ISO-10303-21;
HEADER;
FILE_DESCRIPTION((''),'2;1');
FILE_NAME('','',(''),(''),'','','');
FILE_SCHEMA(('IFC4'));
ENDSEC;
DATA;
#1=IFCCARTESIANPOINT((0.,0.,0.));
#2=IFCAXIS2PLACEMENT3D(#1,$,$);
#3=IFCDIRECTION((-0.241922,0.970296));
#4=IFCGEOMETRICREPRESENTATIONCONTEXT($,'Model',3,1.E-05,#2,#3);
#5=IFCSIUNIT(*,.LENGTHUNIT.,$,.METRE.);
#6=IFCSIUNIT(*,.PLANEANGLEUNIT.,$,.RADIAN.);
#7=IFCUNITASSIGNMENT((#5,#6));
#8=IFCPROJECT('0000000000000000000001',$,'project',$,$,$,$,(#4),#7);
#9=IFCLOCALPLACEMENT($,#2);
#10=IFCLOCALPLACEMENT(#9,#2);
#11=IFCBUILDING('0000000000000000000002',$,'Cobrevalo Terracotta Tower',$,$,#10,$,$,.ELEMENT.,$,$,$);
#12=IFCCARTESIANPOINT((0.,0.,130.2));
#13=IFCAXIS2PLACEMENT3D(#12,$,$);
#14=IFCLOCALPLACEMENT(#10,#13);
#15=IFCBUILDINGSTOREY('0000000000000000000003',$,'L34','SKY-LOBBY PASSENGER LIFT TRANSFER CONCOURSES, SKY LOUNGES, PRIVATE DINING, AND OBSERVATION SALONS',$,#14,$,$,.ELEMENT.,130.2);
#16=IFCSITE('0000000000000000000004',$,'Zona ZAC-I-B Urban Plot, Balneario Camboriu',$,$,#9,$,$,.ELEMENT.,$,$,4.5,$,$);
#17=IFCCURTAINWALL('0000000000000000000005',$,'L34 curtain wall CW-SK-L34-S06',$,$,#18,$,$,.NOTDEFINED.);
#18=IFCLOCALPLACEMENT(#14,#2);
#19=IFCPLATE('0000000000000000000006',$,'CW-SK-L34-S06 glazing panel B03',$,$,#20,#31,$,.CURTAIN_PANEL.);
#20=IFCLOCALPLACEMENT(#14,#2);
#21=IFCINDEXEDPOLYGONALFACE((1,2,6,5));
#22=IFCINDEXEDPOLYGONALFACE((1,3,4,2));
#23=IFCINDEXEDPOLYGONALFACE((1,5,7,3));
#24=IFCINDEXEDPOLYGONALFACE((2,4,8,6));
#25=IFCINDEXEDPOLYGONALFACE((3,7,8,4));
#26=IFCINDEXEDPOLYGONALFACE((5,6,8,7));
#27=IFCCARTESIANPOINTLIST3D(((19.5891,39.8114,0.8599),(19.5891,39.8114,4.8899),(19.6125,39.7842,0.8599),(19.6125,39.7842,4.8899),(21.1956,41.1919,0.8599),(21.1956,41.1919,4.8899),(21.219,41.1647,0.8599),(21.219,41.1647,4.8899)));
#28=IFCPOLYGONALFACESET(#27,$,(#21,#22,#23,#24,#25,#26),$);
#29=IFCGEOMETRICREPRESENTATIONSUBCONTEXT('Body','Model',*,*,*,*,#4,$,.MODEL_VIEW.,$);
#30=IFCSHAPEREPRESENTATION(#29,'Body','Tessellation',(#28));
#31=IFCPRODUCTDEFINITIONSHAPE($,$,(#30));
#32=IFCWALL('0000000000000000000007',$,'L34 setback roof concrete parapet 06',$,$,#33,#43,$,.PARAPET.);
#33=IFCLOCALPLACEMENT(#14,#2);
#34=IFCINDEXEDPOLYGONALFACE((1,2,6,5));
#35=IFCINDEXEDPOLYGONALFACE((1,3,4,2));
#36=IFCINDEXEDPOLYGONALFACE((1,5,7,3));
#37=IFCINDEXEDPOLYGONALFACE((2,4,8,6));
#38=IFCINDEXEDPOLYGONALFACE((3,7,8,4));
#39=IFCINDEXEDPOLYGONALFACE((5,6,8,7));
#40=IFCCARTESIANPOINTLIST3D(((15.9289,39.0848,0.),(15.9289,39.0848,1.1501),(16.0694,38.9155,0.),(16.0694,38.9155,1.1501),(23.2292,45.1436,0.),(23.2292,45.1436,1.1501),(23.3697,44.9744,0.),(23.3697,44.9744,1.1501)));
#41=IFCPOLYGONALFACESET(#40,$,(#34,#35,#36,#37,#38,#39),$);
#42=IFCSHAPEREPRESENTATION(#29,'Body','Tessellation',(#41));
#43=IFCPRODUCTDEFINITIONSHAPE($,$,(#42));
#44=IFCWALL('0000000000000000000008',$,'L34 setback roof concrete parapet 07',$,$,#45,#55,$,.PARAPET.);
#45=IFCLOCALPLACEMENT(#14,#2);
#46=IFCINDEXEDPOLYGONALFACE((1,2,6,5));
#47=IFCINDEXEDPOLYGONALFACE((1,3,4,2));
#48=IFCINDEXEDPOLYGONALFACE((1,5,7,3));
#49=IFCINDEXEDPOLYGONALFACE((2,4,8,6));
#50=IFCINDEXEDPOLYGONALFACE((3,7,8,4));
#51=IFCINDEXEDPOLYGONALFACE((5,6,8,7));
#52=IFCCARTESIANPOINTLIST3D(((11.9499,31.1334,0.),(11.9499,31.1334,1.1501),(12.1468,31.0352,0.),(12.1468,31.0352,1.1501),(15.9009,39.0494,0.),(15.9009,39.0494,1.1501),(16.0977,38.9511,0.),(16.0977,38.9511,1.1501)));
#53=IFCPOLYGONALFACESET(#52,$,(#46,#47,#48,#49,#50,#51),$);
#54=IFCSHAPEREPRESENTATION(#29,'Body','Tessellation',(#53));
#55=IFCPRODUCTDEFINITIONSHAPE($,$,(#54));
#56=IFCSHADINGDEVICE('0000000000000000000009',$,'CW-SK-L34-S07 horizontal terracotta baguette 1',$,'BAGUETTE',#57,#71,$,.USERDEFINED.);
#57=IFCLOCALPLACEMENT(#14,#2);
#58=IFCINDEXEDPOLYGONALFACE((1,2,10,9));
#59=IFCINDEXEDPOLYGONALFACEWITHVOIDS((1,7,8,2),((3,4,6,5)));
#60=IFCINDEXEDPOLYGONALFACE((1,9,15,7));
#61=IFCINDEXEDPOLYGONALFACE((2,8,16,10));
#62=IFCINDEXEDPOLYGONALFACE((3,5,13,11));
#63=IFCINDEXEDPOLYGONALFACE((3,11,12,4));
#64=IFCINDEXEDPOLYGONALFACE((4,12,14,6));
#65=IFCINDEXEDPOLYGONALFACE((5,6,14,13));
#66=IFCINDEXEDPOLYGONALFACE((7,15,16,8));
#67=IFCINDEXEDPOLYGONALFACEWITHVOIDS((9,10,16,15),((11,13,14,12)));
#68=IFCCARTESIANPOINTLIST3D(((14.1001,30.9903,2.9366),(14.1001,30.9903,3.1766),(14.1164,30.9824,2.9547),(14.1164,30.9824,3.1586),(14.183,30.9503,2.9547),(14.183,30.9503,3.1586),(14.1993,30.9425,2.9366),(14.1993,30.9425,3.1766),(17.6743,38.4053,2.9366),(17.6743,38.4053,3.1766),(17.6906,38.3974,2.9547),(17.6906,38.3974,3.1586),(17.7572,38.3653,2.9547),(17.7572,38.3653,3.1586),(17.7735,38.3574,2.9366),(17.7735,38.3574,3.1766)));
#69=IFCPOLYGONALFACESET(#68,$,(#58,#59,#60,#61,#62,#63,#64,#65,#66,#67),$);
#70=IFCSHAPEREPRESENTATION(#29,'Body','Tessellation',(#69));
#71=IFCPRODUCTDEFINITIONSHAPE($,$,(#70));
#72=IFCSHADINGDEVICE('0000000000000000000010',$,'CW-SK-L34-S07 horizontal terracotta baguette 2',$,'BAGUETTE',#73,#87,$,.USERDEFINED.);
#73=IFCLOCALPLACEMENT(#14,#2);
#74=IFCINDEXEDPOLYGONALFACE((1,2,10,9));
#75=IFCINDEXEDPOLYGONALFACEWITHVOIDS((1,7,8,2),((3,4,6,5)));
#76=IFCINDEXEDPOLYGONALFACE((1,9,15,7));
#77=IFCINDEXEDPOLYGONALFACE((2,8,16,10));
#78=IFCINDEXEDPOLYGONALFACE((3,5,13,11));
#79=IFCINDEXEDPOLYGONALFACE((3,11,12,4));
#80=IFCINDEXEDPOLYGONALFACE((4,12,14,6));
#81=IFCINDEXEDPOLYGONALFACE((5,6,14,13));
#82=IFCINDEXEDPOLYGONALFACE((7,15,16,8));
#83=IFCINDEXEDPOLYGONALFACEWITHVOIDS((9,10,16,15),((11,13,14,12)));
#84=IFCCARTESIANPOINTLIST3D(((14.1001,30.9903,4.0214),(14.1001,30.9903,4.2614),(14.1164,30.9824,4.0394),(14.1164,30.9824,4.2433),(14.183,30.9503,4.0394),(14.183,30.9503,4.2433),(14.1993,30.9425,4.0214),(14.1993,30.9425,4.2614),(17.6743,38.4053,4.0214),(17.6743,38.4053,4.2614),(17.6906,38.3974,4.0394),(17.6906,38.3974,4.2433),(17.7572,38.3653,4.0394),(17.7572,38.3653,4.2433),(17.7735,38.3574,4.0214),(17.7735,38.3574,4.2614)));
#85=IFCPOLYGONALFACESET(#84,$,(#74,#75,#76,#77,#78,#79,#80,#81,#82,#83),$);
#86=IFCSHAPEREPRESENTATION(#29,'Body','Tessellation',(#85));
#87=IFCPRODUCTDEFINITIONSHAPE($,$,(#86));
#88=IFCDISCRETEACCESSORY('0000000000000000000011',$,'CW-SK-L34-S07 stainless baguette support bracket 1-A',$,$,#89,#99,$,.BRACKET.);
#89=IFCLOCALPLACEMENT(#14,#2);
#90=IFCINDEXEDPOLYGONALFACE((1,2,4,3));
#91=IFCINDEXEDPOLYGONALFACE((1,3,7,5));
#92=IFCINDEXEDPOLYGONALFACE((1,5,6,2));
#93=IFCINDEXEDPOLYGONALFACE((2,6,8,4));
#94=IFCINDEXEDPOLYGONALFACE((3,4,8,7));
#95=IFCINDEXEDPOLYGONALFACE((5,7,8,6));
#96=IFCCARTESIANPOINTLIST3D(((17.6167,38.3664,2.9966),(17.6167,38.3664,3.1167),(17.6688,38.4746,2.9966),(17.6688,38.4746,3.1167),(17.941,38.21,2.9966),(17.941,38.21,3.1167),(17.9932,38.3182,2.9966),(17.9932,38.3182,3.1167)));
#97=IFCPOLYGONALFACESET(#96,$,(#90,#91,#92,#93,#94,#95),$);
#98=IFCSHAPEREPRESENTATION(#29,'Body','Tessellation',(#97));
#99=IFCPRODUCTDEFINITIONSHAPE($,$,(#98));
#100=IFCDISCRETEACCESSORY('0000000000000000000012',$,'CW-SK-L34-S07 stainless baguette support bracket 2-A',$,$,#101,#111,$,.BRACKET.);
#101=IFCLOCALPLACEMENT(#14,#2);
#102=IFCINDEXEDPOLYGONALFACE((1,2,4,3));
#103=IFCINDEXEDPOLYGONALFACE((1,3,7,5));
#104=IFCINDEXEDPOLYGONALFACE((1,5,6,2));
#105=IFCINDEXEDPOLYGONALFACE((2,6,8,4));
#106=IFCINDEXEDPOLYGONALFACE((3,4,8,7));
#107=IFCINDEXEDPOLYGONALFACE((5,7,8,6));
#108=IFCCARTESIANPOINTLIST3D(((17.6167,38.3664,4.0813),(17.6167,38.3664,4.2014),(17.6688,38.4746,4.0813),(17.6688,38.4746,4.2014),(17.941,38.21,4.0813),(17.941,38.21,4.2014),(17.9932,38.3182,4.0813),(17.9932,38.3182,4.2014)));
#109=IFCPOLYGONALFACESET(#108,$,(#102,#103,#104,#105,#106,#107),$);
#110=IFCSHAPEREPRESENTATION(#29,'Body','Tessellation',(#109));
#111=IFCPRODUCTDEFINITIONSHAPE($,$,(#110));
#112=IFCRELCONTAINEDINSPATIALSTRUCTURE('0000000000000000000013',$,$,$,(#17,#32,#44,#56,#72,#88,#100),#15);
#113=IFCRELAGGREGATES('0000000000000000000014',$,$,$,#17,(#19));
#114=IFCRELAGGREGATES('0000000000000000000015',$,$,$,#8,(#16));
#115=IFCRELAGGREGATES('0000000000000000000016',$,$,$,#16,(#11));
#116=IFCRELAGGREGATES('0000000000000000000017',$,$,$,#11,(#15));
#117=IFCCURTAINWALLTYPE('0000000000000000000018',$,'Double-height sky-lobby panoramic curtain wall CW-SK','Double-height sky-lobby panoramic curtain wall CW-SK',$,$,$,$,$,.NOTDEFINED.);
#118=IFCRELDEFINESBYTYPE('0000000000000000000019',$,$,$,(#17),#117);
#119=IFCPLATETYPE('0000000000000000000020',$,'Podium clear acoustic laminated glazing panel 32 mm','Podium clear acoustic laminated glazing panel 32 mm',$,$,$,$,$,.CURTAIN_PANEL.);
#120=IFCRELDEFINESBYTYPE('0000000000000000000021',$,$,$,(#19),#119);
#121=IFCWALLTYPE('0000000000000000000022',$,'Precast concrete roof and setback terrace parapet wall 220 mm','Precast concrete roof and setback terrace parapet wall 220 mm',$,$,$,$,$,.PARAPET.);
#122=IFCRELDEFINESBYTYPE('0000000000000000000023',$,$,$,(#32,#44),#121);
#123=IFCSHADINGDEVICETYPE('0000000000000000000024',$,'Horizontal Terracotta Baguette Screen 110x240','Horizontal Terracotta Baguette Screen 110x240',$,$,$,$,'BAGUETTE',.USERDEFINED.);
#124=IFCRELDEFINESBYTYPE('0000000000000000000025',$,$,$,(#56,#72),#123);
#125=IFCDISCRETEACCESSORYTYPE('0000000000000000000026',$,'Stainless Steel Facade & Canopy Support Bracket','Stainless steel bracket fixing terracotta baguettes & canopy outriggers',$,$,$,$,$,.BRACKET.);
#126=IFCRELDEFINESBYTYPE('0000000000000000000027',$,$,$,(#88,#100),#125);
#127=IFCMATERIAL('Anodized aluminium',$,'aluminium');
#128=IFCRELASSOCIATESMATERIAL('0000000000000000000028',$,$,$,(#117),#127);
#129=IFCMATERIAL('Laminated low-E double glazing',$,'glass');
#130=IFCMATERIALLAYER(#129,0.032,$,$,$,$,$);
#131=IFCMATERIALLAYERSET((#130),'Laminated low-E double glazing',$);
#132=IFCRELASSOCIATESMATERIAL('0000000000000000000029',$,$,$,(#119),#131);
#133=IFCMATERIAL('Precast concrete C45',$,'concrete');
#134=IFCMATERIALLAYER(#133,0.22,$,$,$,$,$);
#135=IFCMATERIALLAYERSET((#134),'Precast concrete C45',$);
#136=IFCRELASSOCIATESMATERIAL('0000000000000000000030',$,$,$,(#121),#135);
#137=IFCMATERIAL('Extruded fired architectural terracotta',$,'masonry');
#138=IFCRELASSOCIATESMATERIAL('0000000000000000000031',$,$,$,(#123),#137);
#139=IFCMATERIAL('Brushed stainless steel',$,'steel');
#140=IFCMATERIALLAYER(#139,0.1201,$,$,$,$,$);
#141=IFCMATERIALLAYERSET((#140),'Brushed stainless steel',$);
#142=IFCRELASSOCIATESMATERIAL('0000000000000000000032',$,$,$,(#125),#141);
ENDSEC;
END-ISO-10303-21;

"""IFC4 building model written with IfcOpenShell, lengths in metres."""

from ifc_helpers import new_model, si_unit, direction, frame, frame_2d, origin, origin_2d, place, context, subcontext, project, spatial, rectangle, hollow_rectangle, extrude, source, transform, mapped, material, layer, layer_set, material_profile, profile_set, type_object, element, aggregate, save


model = new_model("IFC4")

# Units and contexts
model_context = context("Model", 3, precision=1e-05, world=origin(), true_north=direction((-0.241922, 0.970296)))
body_context = subcontext(model_context, "Body", "Model", "MODEL_VIEW")
ifc_project = project(units=[si_unit("LENGTHUNIT", "METRE"), si_unit("PLANEANGLEUNIT", "RADIAN")], contexts=[model_context])

# Site, building, storey
site_placement = place(None, origin())
site = spatial("IfcSite", under=ifc_project, at=site_placement, Name="Zona ZAC-I-B Urban Plot, Balneario Camboriu", CompositionType="ELEMENT", RefElevation=4.5)
building_placement = place(site_placement, origin())
building = spatial("IfcBuilding", under=site, at=building_placement, Name="Cobrevalo Terracotta Tower", CompositionType="ELEMENT")
storey_placement = place(building_placement, frame((0.0, 0.0, 130.2)))
storey = spatial("IfcBuildingStorey", under=building, at=storey_placement, Name="L34", Description="SKY-LOBBY PASSENGER LIFT TRANSFER CONCOURSES, SKY LOUNGES, PRIVATE DINING, AND OBSERVATION SALONS", CompositionType="ELEMENT", Elevation=130.2)

# Curtain wall
ifc_material_1 = material(Name="Anodized aluminium", Category="aluminium")
curtain_wall_type = type_object("IfcCurtainWallType", Name="Double-height sky-lobby panoramic curtain wall CW-SK", Description="Double-height sky-lobby panoramic curtain wall CW-SK", PredefinedType="NOTDEFINED", material=ifc_material_1)
curtain_wall_1_placement = place(storey_placement, origin())
curtain_wall_1 = element("IfcCurtainWall", 1, at=curtain_wall_1_placement, inside=storey, type_object=curtain_wall_type, Name="L34 curtain wall CW-SK-L34-S06", PredefinedType="NOTDEFINED")

# Plate
ifc_material_2 = material(Name="Laminated low-E double glazing", Category="glass")
ifc_layer_1 = layer(ifc_material_2, 0.032)
ifc_layer_set_1 = layer_set([ifc_layer_1], Name="Laminated low-E double glazing")
plate_type_1 = type_object("IfcPlateType", Name="Podium clear acoustic laminated glazing panel 32 mm", Description="Podium clear acoustic laminated glazing panel 32 mm", PredefinedType="CURTAIN_PANEL", material=ifc_layer_set_1)
shared_shape_1 = source(origin(), body_context, "Body", "SweptSolid", [
    extrude(rectangle(XDim=2.1182, YDim=0.0359, at=origin_2d()), origin(), (0.0, 0.0, 1.0), 4.03),
])
plate_1_placement = place(storey_placement, frame((20.4041, 40.488, 0.8599), z_axis=(0.0, 0.0, 1.0), x_axis=(-0.758437, -0.651746, 0.0)))
plate_1 = element("IfcPlate", 2, at=plate_1_placement, type_object=plate_type_1, Name="CW-SK-L34-S06 glazing panel B03", PredefinedType="CURTAIN_PANEL", context=body_context, shape_type="MappedRepresentation", body=[
    mapped(shared_shape_1, transform((0.0, 0.0, 0.0), scale=1.0)),
])
aggregate(curtain_wall_1, [plate_1])

# Walls
ifc_material_3 = material(Name="Precast concrete C45", Category="concrete")
ifc_layer_2 = layer(ifc_material_3, 0.22)
ifc_layer_set_2 = layer_set([ifc_layer_2], Name="Precast concrete C45")
wall_type = type_object("IfcWallType", Name="Precast concrete roof and setback terrace parapet wall 220 mm", Description="Precast concrete roof and setback terrace parapet wall 220 mm", PredefinedType="PARAPET", material=ifc_layer_set_2)
wall_1_placement = place(storey_placement, frame((23.2996, 45.0591, 0.0), z_axis=(0.0, 0.0, 1.0), x_axis=(-0.769502, -0.638644, 0.0)))
element("IfcWall", 3, at=wall_1_placement, inside=storey, type_object=wall_type, Name="L34 setback roof concrete parapet 06", PredefinedType="PARAPET", context=body_context, shape_type="SweptSolid", body=[
    extrude(rectangle(XDim=9.4871, YDim=0.22, at=frame_2d((4.7437, 0.0))), origin(), (0.0, 0.0, 1.0), 1.1501),
])
wall_2_placement = place(storey_placement, frame((15.9993, 39.0002, 0.0), z_axis=(0.0, 0.0, 1.0), x_axis=(-0.446573, -0.894747, 0.0)))
element("IfcWall", 4, at=wall_2_placement, inside=storey, type_object=wall_type, Name="L34 setback roof concrete parapet 07", PredefinedType="PARAPET", context=body_context, shape_type="SweptSolid", body=[
    extrude(rectangle(XDim=8.8472, YDim=0.22, at=frame_2d((4.4236, 0.0))), origin(), (0.0, 0.0, 1.0), 1.1501),
])

# Shading devices
ifc_material_4 = material(Name="Extruded fired architectural terracotta", Category="masonry")
ifc_material_profile_1 = material_profile(ifc_material_4, hollow_rectangle(XDim=0.1101, YDim=0.24, WallThickness=0.0181, at=origin_2d()), Name="BAGUETTE 110x240")
ifc_profile_set_1 = profile_set([ifc_material_profile_1], Name="Extruded fired architectural terracotta")
shading_device_type = type_object("IfcShadingDeviceType", Name="Horizontal Terracotta Baguette Screen 110x240", Description="Horizontal Terracotta Baguette Screen 110x240", ElementType="BAGUETTE", PredefinedType="USERDEFINED", material=ifc_profile_set_1)
shared_shape_2 = source(origin(), body_context, "Body", "SweptSolid", [
    extrude(hollow_rectangle(XDim=0.1101, YDim=0.24, WallThickness=0.0181, at=origin_2d()), origin(), (0.0, 0.0, 1.0), 8.2314),
])
for number, where, z_axis, x_axis, name in (
    (5, (17.7239, 38.3813, 3.0566), (-0.434212, -0.900811, 0.0), (0.900811, -0.434212, 0.0), "CW-SK-L34-S07 horizontal terracotta baguette 1"),
    (6, (17.7239, 38.3813, 4.1414), (-0.434212, -0.900811, 0.0), (0.900811, -0.434212, 0.0), "CW-SK-L34-S07 horizontal terracotta baguette 2"),
):
    element("IfcShadingDevice", number, at=place(storey_placement, frame(where, z_axis=z_axis, x_axis=x_axis)), inside=storey, type_object=shading_device_type, Name=name, ObjectType="BAGUETTE", PredefinedType="USERDEFINED", context=body_context, shape_type="MappedRepresentation", body=[
        mapped(shared_shape_2, transform((0.0, 0.0, 0.0), scale=1.0)),
    ])

# Discrete accessories
ifc_material_5 = material(Name="Brushed stainless steel", Category="steel")
ifc_layer_3 = layer(ifc_material_5, 0.1201)
ifc_layer_set_3 = layer_set([ifc_layer_3], Name="Brushed stainless steel")
discrete_accessory_type = type_object("IfcDiscreteAccessoryType", Name="Stainless Steel Facade & Canopy Support Bracket", Description="Stainless steel bracket fixing terracotta baguettes & canopy outriggers", PredefinedType="BRACKET", material=ifc_layer_set_3)
shared_shape_3 = source(origin(), body_context, "Body", "SweptSolid", [
    extrude(rectangle(XDim=0.1201, YDim=0.3601, at=origin_2d()), origin(), (0.0, 0.0, 1.0), 0.1201),
])
for number, where, z_axis, x_axis, name in (
    (7, (17.8049, 38.3423, 2.9966), (0.0, 0.0, 1.0), (-0.434209, -0.900812, 0.0), "CW-SK-L34-S07 stainless baguette support bracket 1-A"),
    (8, (17.8049, 38.3423, 4.0813), (0.0, 0.0, 1.0), (-0.434209, -0.900812, 0.0), "CW-SK-L34-S07 stainless baguette support bracket 2-A"),
):
    element("IfcDiscreteAccessory", number, at=place(storey_placement, frame(where, z_axis=z_axis, x_axis=x_axis)), inside=storey, type_object=discrete_accessory_type, Name=name, PredefinedType="BRACKET", context=body_context, shape_type="MappedRepresentation", body=[
        mapped(shared_shape_3, transform((0.0, 0.0, 0.0), scale=1.0)),
    ])

save(model, "model.ifc")
